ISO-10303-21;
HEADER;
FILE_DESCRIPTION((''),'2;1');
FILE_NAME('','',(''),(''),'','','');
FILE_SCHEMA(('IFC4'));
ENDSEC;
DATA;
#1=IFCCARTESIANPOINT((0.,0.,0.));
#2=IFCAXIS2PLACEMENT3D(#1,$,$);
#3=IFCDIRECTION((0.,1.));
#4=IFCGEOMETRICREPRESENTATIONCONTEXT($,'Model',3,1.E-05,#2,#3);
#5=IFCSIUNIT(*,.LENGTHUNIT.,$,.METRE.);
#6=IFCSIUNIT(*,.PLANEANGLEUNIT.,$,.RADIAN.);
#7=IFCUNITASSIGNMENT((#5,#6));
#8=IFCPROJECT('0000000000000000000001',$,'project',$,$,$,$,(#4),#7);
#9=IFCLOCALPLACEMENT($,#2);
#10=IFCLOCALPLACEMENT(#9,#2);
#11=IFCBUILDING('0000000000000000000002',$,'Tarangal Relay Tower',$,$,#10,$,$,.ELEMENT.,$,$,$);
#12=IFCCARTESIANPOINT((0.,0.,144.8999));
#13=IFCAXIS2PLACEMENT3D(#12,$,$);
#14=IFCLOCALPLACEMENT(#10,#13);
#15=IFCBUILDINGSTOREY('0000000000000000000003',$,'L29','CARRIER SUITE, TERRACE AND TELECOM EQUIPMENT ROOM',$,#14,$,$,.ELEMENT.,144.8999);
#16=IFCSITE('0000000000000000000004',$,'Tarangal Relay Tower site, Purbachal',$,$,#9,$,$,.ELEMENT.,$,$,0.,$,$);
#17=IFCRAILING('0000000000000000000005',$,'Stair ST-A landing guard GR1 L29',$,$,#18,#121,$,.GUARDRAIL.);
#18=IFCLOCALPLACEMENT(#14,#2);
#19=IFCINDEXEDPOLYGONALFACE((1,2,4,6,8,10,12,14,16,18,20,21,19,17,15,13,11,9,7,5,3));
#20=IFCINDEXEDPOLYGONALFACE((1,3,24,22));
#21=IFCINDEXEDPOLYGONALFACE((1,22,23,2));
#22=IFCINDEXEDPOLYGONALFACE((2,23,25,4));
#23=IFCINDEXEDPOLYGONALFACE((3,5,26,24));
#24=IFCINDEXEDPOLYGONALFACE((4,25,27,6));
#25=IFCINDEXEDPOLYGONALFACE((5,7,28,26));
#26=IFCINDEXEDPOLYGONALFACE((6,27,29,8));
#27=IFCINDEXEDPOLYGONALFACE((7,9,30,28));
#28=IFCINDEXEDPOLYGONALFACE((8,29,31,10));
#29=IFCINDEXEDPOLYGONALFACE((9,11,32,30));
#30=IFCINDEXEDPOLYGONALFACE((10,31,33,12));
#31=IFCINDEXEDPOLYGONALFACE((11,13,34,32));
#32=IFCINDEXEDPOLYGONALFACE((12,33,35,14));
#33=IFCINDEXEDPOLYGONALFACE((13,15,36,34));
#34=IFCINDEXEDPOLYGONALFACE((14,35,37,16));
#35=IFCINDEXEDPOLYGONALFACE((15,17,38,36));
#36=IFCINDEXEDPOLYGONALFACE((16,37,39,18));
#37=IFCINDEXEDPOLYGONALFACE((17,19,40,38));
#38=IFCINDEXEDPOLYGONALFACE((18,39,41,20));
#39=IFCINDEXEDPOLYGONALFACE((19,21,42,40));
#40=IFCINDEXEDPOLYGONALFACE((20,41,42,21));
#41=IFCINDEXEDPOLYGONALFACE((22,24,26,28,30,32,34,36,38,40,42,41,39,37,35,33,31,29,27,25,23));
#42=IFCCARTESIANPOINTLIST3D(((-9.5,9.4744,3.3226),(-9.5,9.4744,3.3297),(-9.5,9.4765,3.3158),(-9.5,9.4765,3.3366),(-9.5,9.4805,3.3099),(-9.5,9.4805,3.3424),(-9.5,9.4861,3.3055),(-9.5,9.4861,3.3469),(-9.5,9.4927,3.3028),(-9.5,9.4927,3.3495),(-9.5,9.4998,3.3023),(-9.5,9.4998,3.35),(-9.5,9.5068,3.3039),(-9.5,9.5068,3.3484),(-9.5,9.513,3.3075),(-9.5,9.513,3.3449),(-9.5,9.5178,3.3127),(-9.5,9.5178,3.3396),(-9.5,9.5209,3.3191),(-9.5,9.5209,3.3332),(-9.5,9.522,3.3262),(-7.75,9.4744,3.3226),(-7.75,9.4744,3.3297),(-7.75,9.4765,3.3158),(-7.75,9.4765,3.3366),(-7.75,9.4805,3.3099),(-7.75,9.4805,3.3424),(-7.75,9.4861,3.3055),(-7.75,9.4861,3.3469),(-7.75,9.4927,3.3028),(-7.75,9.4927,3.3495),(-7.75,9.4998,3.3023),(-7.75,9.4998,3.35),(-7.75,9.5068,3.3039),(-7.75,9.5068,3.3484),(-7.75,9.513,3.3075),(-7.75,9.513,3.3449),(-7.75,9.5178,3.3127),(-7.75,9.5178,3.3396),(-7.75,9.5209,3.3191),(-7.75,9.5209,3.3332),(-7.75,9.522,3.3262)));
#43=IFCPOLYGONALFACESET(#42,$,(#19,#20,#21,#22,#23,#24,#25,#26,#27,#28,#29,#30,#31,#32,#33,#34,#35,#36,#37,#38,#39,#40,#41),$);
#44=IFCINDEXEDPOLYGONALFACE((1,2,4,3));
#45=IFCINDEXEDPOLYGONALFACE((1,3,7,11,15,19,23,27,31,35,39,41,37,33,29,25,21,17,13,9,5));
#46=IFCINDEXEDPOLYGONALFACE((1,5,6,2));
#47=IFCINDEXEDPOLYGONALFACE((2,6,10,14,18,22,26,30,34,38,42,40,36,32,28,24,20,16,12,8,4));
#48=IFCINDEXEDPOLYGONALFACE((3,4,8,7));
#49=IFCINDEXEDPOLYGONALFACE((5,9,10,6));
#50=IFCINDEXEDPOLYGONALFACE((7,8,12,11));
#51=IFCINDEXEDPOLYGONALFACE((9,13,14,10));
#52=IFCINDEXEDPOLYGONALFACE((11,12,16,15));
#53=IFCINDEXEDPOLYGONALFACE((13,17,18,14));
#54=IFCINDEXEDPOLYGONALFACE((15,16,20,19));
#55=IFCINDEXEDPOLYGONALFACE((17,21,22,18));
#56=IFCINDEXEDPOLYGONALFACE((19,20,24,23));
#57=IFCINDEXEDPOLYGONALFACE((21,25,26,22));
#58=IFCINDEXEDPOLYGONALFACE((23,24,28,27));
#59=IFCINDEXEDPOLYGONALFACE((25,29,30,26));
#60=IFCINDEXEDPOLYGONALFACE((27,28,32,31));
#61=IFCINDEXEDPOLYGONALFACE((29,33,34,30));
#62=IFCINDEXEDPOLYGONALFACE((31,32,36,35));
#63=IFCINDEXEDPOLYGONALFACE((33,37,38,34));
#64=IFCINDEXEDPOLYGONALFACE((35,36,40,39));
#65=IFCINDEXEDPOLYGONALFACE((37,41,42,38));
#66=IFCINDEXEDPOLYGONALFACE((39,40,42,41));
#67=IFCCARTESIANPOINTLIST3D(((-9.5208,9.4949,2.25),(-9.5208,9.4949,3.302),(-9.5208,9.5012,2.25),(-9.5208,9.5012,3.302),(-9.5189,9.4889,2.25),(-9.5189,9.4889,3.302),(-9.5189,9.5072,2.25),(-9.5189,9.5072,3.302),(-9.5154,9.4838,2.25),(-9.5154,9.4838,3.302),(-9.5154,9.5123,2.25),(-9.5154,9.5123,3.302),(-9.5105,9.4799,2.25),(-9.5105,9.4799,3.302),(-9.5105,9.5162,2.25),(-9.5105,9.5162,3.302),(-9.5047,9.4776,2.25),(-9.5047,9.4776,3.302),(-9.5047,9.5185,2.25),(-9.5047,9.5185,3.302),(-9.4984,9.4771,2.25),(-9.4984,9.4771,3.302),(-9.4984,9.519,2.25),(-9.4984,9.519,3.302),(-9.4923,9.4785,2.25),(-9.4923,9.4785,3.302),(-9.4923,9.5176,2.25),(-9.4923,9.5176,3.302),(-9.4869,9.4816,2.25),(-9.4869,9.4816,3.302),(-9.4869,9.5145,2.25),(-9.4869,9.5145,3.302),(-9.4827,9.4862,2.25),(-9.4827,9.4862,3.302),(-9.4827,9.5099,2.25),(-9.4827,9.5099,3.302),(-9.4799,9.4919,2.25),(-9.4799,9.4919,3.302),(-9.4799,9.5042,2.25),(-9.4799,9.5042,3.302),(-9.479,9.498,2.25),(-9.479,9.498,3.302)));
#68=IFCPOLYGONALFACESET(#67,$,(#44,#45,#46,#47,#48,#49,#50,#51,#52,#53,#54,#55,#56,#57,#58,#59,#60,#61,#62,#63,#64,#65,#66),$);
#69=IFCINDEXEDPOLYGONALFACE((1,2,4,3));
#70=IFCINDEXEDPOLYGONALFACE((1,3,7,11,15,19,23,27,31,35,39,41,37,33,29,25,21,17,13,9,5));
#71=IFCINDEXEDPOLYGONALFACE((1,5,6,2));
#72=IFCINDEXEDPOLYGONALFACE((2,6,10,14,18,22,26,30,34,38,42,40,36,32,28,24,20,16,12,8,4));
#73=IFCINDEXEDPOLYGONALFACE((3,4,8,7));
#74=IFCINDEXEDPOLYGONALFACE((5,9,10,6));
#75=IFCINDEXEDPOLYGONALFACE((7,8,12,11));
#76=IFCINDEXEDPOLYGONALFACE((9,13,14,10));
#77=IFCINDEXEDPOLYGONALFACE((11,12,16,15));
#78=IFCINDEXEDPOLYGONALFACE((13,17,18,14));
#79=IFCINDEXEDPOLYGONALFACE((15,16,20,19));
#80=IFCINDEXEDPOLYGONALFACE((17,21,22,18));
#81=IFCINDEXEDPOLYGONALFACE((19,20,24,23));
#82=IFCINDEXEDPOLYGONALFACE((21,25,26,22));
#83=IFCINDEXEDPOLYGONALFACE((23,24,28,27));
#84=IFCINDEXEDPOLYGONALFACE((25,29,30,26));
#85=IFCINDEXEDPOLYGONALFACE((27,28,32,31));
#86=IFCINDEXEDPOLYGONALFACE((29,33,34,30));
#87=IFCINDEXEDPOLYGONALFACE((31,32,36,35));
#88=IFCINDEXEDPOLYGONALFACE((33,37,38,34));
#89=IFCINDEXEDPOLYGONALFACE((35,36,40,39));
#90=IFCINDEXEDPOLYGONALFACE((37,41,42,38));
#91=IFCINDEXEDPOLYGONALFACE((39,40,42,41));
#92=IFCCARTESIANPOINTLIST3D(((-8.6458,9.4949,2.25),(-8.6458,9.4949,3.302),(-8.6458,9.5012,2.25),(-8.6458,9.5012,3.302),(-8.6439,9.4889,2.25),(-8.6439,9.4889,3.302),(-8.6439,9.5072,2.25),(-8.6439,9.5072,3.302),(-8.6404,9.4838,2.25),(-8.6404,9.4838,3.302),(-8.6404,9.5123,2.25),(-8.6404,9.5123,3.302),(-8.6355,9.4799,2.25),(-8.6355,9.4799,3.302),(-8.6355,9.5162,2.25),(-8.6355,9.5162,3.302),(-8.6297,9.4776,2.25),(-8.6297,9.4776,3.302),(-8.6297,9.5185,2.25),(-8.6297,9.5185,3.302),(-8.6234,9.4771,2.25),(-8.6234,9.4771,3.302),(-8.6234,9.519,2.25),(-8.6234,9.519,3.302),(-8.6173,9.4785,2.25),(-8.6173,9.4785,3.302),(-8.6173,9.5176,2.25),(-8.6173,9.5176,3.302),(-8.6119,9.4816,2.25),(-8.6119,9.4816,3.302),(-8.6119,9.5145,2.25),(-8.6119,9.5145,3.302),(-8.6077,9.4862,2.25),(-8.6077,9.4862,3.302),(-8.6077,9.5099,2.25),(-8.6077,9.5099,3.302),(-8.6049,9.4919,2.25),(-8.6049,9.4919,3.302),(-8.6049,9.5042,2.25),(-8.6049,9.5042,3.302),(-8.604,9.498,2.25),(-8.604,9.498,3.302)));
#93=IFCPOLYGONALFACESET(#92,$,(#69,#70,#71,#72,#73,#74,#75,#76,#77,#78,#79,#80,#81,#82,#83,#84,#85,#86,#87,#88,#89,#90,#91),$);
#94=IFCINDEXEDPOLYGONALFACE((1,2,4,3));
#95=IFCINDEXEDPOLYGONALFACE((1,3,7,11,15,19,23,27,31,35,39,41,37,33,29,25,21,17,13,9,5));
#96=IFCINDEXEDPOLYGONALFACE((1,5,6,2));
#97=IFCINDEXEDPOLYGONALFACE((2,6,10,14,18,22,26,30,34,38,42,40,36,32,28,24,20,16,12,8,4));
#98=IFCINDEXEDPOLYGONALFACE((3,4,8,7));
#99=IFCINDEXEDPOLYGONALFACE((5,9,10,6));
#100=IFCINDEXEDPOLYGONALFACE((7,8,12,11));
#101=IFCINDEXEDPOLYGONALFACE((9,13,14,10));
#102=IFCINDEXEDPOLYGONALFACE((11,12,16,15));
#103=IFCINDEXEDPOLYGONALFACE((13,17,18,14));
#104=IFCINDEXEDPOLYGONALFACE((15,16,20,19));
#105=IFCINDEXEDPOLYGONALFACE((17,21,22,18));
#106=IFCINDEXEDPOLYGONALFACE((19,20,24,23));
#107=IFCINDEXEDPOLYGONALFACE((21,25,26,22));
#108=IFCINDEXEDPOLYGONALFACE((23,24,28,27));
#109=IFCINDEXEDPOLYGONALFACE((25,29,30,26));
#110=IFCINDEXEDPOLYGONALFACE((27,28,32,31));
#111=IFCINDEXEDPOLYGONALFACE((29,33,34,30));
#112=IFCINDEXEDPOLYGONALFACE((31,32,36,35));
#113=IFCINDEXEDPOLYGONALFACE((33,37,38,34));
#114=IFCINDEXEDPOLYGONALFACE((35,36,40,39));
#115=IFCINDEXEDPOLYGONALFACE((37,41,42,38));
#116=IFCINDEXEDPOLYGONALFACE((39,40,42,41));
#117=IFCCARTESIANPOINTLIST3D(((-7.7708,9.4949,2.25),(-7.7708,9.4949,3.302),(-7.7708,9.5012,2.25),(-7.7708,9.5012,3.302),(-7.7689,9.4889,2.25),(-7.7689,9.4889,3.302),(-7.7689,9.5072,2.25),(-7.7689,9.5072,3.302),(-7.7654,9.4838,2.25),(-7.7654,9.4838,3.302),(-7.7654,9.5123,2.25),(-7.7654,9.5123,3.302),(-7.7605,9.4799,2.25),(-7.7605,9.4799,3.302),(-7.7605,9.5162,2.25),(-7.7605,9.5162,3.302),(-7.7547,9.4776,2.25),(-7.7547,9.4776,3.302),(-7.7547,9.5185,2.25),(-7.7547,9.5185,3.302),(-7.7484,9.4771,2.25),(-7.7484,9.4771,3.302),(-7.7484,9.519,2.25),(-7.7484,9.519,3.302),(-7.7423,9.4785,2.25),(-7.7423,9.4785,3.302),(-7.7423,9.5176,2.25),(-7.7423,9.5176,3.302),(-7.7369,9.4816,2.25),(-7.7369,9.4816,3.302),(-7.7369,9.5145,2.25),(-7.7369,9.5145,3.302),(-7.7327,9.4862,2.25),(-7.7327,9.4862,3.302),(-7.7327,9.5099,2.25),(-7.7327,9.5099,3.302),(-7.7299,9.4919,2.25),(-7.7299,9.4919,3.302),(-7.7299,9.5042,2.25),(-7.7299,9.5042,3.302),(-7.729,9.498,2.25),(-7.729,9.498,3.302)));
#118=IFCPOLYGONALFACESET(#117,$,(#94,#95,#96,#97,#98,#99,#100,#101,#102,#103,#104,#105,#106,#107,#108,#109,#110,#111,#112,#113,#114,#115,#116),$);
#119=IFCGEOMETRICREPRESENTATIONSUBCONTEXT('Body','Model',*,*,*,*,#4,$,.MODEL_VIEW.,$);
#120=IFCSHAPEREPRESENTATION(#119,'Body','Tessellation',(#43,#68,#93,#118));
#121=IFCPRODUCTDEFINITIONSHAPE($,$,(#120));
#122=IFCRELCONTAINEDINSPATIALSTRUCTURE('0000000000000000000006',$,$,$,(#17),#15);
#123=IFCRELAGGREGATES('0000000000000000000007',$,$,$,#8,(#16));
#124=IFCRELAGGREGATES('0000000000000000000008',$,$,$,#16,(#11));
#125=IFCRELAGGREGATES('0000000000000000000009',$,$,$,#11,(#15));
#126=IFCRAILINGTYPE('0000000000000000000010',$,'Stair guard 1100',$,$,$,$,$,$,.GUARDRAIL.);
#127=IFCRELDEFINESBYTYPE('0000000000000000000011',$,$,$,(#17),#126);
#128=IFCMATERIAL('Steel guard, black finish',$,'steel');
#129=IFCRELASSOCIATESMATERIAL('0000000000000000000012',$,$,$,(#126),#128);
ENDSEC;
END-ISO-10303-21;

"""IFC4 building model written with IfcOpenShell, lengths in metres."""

from ifc_helpers import new_model, si_unit, direction, frame, origin, origin_2d, place, context, subcontext, project, spatial, circle, extrude, material, type_object, element, save


model = new_model("IFC4")

# Units and contexts
model_context = context("Model", 3, precision=1e-05, world=origin(), true_north=direction((0.0, 1.0)))
body_context = subcontext(model_context, "Body", "Model", "MODEL_VIEW")
ifc_project = project(units=[si_unit("LENGTHUNIT", "METRE"), si_unit("PLANEANGLEUNIT", "RADIAN")], contexts=[model_context])

# Site, building, storey
site_placement = place(None, origin())
site = spatial("IfcSite", under=ifc_project, at=site_placement, Name="Tarangal Relay Tower site, Purbachal", CompositionType="ELEMENT", RefElevation=0.0)
building_placement = place(site_placement, origin())
building = spatial("IfcBuilding", under=site, at=building_placement, Name="Tarangal Relay Tower", CompositionType="ELEMENT")
storey_placement = place(building_placement, frame((0.0, 0.0, 144.8999)))
storey = spatial("IfcBuildingStorey", under=building, at=storey_placement, Name="L29", Description="CARRIER SUITE, TERRACE AND TELECOM EQUIPMENT ROOM", CompositionType="ELEMENT", Elevation=144.8999)

# Railing
ifc_material_1 = material(Name="Steel guard, black finish", Category="steel")
railing_type_1 = type_object("IfcRailingType", Name="Stair guard 1100", PredefinedType="GUARDRAIL", material=ifc_material_1)
railing_1_placement = place(storey_placement, frame((-9.5, 9.498, 2.25)))
element("IfcRailing", 1, at=railing_1_placement, inside=storey, type_object=railing_type_1, Name="Stair ST-A landing guard GR1 L29", PredefinedType="GUARDRAIL", context=body_context, shape_type="SweptSolid", body=[
    extrude(circle(Radius=0.0239, at=origin_2d()), frame((0.0, 0.0, 1.0762), z_axis=(1.0, 0.0, 0.0), x_axis=(0.0, 1.0, 0.0)), (0.0, 0.0, 1.0), 1.75),
    extrude(circle(Radius=0.021, at=origin_2d()), origin(), (0.0, 0.0, 1.0), 1.052),
    extrude(circle(Radius=0.021, at=origin_2d()), frame((0.875, 0.0, 0.0)), (0.0, 0.0, 1.0), 1.052),
    extrude(circle(Radius=0.021, at=origin_2d()), frame((1.75, 0.0, 0.0)), (0.0, 0.0, 1.0), 1.052),
])

save(model, "model.ifc")
